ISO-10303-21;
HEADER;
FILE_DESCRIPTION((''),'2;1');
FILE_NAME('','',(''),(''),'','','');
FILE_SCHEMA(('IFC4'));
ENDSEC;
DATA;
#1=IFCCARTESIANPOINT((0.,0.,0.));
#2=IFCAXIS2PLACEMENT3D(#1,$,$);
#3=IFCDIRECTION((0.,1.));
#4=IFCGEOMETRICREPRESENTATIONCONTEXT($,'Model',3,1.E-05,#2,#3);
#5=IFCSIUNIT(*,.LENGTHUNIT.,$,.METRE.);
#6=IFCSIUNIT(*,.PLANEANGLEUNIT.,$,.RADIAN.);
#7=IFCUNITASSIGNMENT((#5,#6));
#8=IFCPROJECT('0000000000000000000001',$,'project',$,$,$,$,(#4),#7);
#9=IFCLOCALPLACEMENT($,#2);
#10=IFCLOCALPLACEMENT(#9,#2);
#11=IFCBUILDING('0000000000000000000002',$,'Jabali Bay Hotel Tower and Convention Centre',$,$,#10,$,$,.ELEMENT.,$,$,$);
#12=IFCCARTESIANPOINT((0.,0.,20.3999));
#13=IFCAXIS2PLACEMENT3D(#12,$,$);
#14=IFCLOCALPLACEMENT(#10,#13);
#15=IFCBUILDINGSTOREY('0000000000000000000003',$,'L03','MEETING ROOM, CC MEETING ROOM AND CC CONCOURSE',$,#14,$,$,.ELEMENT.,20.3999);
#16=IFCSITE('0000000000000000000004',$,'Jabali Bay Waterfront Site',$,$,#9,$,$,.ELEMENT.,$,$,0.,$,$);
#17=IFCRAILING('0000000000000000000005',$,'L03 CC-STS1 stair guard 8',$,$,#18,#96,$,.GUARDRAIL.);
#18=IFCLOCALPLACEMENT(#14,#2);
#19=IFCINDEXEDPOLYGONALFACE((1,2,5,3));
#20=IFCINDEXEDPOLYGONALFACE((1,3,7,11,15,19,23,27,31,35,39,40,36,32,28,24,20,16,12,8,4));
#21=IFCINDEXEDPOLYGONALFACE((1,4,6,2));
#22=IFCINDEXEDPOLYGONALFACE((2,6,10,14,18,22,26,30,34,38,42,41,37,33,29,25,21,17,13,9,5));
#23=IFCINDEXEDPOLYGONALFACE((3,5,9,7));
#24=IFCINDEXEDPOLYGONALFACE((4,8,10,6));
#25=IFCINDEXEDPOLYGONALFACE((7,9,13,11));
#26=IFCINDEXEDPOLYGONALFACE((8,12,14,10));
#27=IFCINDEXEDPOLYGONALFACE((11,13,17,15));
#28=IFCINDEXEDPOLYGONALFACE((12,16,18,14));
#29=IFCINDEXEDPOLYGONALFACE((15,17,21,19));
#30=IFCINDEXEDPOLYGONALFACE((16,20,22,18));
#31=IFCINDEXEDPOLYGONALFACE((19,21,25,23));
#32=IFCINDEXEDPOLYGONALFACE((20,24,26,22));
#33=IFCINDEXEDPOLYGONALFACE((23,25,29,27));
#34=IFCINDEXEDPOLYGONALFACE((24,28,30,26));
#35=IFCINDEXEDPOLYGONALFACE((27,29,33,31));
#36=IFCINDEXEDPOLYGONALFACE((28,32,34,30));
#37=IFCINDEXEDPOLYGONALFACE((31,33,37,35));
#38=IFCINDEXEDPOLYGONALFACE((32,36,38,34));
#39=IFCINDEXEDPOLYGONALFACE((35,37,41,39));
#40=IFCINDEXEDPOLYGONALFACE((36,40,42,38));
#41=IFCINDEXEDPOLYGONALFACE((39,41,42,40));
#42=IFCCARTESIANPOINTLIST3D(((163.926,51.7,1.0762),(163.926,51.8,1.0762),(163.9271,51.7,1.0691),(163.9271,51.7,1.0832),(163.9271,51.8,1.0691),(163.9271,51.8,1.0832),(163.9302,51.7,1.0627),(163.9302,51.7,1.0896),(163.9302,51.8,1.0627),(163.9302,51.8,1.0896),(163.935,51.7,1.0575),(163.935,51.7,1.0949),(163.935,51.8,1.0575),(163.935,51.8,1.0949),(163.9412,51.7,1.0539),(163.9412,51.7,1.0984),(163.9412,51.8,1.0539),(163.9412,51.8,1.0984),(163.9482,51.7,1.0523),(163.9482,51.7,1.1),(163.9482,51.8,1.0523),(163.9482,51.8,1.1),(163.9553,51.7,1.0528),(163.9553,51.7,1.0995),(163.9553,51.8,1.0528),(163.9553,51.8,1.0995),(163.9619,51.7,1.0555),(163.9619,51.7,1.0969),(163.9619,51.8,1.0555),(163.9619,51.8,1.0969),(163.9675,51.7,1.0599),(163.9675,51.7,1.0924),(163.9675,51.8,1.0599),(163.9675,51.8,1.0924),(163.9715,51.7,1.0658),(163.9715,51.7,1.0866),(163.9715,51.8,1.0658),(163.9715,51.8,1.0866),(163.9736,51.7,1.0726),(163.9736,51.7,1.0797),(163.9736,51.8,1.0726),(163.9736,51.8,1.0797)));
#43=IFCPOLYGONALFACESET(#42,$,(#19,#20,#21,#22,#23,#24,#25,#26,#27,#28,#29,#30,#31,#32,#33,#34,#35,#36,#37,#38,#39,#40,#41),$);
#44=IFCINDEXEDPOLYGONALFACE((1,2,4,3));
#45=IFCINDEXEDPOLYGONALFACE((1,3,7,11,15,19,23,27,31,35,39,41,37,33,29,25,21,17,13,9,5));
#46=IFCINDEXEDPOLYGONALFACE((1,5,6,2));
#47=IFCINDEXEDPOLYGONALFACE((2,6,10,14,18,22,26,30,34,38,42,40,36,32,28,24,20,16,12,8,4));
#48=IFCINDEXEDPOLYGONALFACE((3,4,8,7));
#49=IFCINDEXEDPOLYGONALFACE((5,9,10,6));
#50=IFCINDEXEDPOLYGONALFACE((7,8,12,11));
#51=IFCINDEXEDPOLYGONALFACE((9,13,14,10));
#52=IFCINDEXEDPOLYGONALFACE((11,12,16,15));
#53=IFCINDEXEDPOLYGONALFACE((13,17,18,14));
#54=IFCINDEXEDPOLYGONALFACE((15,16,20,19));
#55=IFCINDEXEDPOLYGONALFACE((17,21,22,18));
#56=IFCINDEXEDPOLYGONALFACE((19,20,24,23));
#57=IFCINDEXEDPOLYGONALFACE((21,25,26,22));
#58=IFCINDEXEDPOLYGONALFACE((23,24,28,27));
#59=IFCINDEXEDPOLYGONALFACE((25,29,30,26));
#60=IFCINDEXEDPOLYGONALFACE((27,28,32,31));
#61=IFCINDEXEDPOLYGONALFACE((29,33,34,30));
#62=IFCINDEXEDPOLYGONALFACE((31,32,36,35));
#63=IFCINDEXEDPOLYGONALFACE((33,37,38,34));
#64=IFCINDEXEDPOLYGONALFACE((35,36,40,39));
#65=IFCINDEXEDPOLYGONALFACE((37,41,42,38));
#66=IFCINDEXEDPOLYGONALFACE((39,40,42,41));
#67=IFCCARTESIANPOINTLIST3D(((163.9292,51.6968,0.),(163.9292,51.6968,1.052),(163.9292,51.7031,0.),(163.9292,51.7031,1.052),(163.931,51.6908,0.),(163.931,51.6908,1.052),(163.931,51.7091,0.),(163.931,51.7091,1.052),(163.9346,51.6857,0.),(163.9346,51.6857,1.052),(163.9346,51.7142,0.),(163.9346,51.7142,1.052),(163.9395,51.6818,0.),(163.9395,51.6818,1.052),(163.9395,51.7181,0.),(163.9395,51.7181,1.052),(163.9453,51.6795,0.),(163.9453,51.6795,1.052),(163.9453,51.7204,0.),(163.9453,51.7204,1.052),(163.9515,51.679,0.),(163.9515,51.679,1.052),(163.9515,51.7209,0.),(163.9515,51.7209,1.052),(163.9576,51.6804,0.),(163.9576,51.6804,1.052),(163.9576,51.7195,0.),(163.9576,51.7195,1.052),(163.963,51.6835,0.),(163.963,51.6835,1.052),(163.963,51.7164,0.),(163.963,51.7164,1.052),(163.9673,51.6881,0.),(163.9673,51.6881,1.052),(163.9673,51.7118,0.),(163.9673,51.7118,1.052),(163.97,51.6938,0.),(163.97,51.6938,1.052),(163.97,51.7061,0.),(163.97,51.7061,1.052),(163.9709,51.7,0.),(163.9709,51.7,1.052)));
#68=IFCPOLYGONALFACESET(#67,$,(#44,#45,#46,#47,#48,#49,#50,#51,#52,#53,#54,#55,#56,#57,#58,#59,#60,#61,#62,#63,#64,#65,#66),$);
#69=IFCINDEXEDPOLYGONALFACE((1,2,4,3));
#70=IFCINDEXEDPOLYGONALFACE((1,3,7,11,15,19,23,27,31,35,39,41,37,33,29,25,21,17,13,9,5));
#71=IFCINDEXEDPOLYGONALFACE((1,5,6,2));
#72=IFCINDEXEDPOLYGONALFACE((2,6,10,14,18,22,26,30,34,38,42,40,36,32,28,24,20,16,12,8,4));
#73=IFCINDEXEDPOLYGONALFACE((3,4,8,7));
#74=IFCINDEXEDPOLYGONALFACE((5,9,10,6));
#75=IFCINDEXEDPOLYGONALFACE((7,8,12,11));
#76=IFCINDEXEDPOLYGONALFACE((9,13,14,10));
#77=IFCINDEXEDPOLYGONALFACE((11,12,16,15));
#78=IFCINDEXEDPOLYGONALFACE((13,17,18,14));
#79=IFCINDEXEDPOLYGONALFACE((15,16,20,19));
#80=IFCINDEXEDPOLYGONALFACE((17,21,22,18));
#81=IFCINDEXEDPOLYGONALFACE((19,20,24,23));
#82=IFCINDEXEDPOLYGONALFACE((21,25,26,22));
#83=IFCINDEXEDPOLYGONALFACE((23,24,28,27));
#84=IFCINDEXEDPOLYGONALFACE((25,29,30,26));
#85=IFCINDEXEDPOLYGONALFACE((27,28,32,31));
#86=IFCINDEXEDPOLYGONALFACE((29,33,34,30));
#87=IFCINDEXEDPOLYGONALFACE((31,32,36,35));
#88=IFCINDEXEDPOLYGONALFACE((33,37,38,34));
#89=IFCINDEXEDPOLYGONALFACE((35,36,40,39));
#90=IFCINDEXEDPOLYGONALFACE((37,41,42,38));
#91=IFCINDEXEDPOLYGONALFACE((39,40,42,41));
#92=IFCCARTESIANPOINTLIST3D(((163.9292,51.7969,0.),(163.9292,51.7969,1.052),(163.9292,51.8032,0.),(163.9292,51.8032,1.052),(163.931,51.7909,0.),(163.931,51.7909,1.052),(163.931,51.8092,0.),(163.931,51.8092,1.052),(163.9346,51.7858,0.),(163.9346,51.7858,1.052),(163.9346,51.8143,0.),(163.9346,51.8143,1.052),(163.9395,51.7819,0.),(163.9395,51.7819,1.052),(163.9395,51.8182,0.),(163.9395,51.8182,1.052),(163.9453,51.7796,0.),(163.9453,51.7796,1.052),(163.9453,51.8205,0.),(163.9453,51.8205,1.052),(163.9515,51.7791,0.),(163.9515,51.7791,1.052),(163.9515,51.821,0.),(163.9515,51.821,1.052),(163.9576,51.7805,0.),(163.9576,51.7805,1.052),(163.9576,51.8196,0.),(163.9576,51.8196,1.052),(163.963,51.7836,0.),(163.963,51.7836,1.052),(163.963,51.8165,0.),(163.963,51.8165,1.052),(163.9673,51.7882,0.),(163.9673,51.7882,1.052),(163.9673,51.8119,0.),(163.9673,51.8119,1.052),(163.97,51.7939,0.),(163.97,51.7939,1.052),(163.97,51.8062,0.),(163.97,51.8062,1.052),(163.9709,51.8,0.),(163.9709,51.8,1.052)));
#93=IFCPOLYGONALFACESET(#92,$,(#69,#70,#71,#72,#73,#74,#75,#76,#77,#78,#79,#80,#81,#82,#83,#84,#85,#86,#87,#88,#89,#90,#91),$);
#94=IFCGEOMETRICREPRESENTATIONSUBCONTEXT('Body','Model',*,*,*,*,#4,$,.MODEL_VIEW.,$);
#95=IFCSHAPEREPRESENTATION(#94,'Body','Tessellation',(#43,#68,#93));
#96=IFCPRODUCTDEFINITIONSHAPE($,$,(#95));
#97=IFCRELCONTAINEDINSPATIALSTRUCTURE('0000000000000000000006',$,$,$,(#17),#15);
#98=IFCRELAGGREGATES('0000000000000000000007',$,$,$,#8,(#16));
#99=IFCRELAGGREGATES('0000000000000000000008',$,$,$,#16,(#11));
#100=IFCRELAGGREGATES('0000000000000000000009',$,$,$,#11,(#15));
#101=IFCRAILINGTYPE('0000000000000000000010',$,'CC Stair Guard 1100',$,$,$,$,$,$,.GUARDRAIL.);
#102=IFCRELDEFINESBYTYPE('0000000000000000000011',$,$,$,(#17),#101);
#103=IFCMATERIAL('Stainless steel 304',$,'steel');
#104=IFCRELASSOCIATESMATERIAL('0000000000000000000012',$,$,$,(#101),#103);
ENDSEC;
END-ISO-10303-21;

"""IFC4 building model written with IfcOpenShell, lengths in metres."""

from ifc_helpers import new_model, si_unit, direction, frame, origin, origin_2d, place, context, subcontext, project, spatial, circle, extrude, material, type_object, element, save


model = new_model("IFC4")

# Units and contexts
model_context = context("Model", 3, precision=1e-05, world=origin(), true_north=direction((0.0, 1.0)))
body_context = subcontext(model_context, "Body", "Model", "MODEL_VIEW")
ifc_project = project(units=[si_unit("LENGTHUNIT", "METRE"), si_unit("PLANEANGLEUNIT", "RADIAN")], contexts=[model_context])

# Site, building, storey
site_placement = place(None, origin())
site = spatial("IfcSite", under=ifc_project, at=site_placement, Name="Jabali Bay Waterfront Site", CompositionType="ELEMENT", RefElevation=0.0)
building_placement = place(site_placement, origin())
building = spatial("IfcBuilding", under=site, at=building_placement, Name="Jabali Bay Hotel Tower and Convention Centre", CompositionType="ELEMENT")
storey_placement = place(building_placement, frame((0.0, 0.0, 20.3999)))
storey = spatial("IfcBuildingStorey", under=building, at=storey_placement, Name="L03", Description="MEETING ROOM, CC MEETING ROOM AND CC CONCOURSE", CompositionType="ELEMENT", Elevation=20.3999)

# Railing
ifc_material_1 = material(Name="Stainless steel 304", Category="steel")
railing_type_1 = type_object("IfcRailingType", Name="CC Stair Guard 1100", PredefinedType="GUARDRAIL", material=ifc_material_1)
railing_1_placement = place(storey_placement, frame((163.95, 51.7, 0.0)))
element("IfcRailing", 1, at=railing_1_placement, inside=storey, type_object=railing_type_1, Name="L03 CC-STS1 stair guard 8", PredefinedType="GUARDRAIL", context=body_context, shape_type="SweptSolid", body=[
    extrude(circle(Radius=0.0239, at=origin_2d()), frame((0.0, 0.0, 1.0762), z_axis=(0.0, 1.0, 0.0), x_axis=(-1.0, 0.0, 0.0)), (0.0, 0.0, 1.0), 0.1001),
    extrude(circle(Radius=0.021, at=origin_2d()), origin(), (0.0, 0.0, 1.0), 1.052),
    extrude(circle(Radius=0.021, at=origin_2d()), frame((0.0, 0.1001, 0.0)), (0.0, 0.0, 1.0), 1.052),
])

save(model, "model.ifc")
